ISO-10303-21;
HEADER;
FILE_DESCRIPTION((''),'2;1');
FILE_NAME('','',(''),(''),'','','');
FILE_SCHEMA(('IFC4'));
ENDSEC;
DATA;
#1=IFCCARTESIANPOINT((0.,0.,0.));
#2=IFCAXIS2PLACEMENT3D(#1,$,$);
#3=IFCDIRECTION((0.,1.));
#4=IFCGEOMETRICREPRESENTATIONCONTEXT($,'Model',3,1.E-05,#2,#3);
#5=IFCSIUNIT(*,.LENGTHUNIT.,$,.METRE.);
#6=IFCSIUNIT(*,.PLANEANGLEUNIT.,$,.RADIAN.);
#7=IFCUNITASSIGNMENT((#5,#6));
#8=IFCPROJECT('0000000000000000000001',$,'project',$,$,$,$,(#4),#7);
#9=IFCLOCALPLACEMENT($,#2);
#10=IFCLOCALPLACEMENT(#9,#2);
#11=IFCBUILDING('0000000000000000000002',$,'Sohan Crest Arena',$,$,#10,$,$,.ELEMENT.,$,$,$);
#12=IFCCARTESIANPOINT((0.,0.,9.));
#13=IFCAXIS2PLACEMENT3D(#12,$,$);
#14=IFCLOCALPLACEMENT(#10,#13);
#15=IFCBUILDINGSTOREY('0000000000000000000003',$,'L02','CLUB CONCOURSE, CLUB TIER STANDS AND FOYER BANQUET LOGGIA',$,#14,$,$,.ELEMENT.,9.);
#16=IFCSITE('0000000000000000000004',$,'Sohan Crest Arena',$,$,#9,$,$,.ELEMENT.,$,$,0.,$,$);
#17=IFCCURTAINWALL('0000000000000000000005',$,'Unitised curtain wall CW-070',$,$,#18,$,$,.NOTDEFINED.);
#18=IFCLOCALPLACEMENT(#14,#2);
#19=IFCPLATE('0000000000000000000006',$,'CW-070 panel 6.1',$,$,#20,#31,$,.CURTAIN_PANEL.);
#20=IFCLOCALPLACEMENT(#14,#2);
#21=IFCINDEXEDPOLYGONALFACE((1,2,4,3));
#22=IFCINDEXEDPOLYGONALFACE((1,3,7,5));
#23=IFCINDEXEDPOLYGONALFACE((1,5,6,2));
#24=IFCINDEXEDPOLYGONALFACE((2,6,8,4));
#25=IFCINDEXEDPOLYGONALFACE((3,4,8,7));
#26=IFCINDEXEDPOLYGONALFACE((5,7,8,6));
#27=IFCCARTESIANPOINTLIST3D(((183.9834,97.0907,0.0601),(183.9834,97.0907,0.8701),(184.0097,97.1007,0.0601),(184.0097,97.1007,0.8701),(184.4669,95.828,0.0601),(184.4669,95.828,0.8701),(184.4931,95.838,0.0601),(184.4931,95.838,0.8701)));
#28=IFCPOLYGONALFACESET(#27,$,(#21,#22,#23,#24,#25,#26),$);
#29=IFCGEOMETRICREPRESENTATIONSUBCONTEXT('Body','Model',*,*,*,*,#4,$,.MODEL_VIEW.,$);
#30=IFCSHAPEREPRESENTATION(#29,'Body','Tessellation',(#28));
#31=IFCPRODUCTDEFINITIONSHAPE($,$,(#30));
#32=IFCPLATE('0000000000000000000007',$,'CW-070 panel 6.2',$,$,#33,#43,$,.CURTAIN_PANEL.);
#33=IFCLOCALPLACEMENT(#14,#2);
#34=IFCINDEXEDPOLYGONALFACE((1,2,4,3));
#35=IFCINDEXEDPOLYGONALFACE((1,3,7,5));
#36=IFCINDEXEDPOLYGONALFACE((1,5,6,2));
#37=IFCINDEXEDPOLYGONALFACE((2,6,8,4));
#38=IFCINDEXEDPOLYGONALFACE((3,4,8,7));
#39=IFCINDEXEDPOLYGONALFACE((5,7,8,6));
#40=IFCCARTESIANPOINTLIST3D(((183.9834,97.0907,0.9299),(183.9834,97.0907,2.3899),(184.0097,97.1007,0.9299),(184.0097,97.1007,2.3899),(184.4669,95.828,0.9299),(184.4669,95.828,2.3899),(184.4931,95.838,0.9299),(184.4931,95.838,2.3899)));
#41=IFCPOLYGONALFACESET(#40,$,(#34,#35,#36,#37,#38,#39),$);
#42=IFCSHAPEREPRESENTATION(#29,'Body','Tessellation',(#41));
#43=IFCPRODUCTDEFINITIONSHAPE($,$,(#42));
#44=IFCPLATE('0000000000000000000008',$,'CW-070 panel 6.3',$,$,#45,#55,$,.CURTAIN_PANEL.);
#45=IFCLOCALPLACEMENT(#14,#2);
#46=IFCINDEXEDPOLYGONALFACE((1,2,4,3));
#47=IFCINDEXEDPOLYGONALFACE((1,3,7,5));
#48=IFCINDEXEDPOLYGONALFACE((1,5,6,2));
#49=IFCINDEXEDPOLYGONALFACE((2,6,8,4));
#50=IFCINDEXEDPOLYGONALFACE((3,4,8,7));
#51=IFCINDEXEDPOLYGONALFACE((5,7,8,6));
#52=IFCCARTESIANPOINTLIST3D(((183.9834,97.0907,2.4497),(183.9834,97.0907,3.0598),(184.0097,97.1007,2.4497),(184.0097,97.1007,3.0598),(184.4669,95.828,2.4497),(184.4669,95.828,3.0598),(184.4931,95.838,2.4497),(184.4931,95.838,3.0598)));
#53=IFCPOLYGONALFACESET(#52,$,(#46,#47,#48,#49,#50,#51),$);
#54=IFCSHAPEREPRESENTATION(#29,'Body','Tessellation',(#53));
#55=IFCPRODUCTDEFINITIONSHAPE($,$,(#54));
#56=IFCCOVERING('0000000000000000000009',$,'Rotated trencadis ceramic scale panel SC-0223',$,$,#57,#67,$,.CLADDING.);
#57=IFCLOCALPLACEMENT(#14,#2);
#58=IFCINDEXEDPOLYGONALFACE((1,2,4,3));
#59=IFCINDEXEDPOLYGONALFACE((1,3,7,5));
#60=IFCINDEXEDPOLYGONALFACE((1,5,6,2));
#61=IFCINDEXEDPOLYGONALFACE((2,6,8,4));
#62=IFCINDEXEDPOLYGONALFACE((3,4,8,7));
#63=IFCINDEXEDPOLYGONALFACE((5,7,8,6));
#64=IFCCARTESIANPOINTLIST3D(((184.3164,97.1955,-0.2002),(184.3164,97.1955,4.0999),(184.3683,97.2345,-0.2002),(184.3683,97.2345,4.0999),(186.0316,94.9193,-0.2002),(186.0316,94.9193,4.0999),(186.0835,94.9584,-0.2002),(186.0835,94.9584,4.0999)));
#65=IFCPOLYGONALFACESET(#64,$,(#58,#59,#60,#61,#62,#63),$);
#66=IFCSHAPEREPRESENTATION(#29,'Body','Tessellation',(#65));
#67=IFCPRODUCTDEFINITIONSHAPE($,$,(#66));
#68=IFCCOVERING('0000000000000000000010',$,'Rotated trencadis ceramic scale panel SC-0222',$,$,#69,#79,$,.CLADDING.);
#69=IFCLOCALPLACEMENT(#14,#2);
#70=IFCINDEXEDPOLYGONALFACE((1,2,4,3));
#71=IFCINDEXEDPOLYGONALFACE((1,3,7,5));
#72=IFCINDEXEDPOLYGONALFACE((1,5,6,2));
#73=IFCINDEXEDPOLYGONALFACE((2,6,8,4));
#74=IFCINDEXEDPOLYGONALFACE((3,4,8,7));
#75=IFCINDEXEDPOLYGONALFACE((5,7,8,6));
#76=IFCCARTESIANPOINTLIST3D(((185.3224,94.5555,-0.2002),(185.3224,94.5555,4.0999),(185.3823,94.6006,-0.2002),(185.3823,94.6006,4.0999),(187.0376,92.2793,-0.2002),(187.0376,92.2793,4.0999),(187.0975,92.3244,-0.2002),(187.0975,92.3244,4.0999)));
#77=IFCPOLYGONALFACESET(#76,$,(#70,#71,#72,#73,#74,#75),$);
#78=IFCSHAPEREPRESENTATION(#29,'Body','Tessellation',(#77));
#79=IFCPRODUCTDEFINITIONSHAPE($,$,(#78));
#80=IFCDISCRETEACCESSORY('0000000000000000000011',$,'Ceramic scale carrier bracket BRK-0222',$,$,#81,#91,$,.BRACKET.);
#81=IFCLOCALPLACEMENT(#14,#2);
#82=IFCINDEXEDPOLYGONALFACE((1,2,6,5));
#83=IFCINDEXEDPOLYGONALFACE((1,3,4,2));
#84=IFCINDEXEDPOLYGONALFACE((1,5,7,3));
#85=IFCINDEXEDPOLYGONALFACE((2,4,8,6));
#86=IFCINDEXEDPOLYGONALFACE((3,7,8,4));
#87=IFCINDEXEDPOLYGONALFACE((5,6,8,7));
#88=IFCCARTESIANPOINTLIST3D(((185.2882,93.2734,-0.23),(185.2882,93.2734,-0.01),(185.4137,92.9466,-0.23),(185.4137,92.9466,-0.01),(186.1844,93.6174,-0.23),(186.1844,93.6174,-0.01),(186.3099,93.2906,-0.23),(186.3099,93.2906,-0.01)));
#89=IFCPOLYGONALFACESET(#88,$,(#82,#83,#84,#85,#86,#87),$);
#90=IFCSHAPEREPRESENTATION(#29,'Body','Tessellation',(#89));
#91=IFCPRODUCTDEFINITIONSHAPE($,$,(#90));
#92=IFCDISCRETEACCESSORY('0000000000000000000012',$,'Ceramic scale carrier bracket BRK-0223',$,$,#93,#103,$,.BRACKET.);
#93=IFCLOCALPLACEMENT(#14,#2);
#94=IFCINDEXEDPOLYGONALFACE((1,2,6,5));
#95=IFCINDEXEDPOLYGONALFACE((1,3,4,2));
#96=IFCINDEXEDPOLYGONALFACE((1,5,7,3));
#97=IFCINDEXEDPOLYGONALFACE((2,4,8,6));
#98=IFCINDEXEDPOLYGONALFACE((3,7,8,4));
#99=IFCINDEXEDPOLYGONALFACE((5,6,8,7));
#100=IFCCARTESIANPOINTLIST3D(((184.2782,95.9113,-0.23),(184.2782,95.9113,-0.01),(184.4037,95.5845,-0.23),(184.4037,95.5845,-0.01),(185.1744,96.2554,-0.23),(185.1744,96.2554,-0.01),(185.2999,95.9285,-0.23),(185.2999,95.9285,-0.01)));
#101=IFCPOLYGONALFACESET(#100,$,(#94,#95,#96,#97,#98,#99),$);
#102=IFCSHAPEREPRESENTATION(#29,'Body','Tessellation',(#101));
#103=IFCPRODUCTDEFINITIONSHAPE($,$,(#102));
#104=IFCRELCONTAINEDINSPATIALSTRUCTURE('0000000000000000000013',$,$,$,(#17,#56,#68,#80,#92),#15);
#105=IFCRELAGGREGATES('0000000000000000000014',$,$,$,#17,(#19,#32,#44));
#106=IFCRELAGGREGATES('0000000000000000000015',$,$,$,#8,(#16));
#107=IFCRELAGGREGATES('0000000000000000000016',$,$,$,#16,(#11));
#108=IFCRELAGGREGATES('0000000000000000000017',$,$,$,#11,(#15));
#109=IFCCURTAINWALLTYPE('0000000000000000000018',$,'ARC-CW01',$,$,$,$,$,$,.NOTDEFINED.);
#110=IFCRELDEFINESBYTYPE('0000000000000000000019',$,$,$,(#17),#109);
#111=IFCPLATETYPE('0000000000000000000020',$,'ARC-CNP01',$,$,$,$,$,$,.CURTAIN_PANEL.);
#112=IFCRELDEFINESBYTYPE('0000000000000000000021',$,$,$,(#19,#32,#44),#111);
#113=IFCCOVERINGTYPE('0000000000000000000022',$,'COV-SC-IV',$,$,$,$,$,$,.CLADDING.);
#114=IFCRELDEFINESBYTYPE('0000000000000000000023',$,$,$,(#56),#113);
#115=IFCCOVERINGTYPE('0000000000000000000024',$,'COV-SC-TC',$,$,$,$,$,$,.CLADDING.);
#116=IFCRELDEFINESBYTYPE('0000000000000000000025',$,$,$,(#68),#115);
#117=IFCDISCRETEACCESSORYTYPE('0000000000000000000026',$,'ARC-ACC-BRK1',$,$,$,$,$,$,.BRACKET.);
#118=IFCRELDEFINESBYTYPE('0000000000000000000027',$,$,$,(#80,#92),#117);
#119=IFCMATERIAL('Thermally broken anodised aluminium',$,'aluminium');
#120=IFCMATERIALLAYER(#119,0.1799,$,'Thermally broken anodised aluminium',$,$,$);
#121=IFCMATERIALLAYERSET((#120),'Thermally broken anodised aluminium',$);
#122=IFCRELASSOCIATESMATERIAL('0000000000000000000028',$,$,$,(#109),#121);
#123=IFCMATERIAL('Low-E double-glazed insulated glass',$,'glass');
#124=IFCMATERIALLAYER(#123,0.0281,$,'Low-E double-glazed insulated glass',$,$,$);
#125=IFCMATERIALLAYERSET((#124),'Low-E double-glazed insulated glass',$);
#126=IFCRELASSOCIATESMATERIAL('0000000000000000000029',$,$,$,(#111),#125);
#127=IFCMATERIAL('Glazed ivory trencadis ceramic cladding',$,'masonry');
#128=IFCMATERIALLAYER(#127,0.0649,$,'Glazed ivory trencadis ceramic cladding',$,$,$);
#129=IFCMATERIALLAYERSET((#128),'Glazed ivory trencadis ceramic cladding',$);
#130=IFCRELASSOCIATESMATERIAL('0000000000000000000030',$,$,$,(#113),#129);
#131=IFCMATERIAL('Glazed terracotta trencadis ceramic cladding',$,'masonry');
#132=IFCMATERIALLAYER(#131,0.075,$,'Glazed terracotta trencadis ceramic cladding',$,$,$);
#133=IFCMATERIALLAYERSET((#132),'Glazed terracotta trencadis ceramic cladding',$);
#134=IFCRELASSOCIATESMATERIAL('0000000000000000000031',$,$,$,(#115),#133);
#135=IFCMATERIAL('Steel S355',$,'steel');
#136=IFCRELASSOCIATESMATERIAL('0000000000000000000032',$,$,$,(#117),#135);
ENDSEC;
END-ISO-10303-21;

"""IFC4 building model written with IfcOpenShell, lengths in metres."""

from ifc_helpers import new_model, si_unit, direction, frame, origin, origin_2d, place, context, subcontext, project, spatial, rectangle, extrude, material, layer, layer_set, type_object, element, aggregate, save


model = new_model("IFC4")

# Units and contexts
model_context = context("Model", 3, precision=1e-05, world=origin(), true_north=direction((0.0, 1.0)))
body_context = subcontext(model_context, "Body", "Model", "MODEL_VIEW")
ifc_project = project(units=[si_unit("LENGTHUNIT", "METRE"), si_unit("PLANEANGLEUNIT", "RADIAN")], contexts=[model_context])

# Site, building, storey
site_placement = place(None, origin())
site = spatial("IfcSite", under=ifc_project, at=site_placement, Name="Sohan Crest Arena", CompositionType="ELEMENT", RefElevation=0.0)
building_placement = place(site_placement, origin())
building = spatial("IfcBuilding", under=site, at=building_placement, Name="Sohan Crest Arena", CompositionType="ELEMENT")
storey_placement = place(building_placement, frame((0.0, 0.0, 9.0)))
storey = spatial("IfcBuildingStorey", under=building, at=storey_placement, Name="L02", Description="CLUB CONCOURSE, CLUB TIER STANDS AND FOYER BANQUET LOGGIA", CompositionType="ELEMENT", Elevation=9.0)

# Curtain wall
ifc_material_1 = material(Name="Thermally broken anodised aluminium", Category="aluminium")
ifc_layer_1 = layer(ifc_material_1, 0.1799, Name="Thermally broken anodised aluminium")
ifc_layer_set_1 = layer_set([ifc_layer_1], Name="Thermally broken anodised aluminium")
curtain_wall_type = type_object("IfcCurtainWallType", Name="ARC-CW01", PredefinedType="NOTDEFINED", material=ifc_layer_set_1)
curtain_wall_placement = place(storey_placement, origin())
curtain_wall = element("IfcCurtainWall", 1, at=curtain_wall_placement, inside=storey, type_object=curtain_wall_type, Name="Unitised curtain wall CW-070", PredefinedType="NOTDEFINED")

# Shared definitions
ifc_material_2 = material(Name="Steel S355", Category="steel")

# Plates
ifc_material_3 = material(Name="Low-E double-glazed insulated glass", Category="glass")
ifc_layer_2 = layer(ifc_material_3, 0.0281, Name="Low-E double-glazed insulated glass")
ifc_layer_set_2 = layer_set([ifc_layer_2], Name="Low-E double-glazed insulated glass")
plate_type = type_object("IfcPlateType", Name="ARC-CNP01", PredefinedType="CURTAIN_PANEL", material=ifc_layer_set_2)
plate_1_placement = place(storey_placement, frame((184.2383, 96.4644, 0.0601), z_axis=(0.0, 0.0, 1.0), x_axis=(-0.357567, 0.933888, 0.0)))
plate_1 = element("IfcPlate", 2, at=plate_1_placement, type_object=plate_type, Name="CW-070 panel 6.1", PredefinedType="CURTAIN_PANEL", context=body_context, shape_type="SweptSolid", body=[
    extrude(rectangle(XDim=1.3521, YDim=0.0281, at=origin_2d()), origin(), (0.0, 0.0, 1.0), 0.8101),
])
plate_2_placement = place(storey_placement, frame((184.2383, 96.4644, 0.9299), z_axis=(0.0, 0.0, 1.0), x_axis=(-0.357567, 0.933888, 0.0)))
plate_2 = element("IfcPlate", 3, at=plate_2_placement, type_object=plate_type, Name="CW-070 panel 6.2", PredefinedType="CURTAIN_PANEL", context=body_context, shape_type="SweptSolid", body=[
    extrude(rectangle(XDim=1.3521, YDim=0.0281, at=origin_2d()), origin(), (0.0, 0.0, 1.0), 1.46),
])
plate_3_placement = place(storey_placement, frame((184.2383, 96.4644, 2.4497), z_axis=(0.0, 0.0, 1.0), x_axis=(-0.357567, 0.933888, 0.0)))
plate_3 = element("IfcPlate", 4, at=plate_3_placement, type_object=plate_type, Name="CW-070 panel 6.3", PredefinedType="CURTAIN_PANEL", context=body_context, shape_type="SweptSolid", body=[
    extrude(rectangle(XDim=1.3521, YDim=0.0281, at=origin_2d()), origin(), (0.0, 0.0, 1.0), 0.6101),
])
aggregate(curtain_wall, [plate_1, plate_2, plate_3])

# Coverings
ifc_material_4 = material(Name="Glazed ivory trencadis ceramic cladding", Category="masonry")
ifc_layer_3 = layer(ifc_material_4, 0.0649, Name="Glazed ivory trencadis ceramic cladding")
ifc_layer_set_3 = layer_set([ifc_layer_3], Name="Glazed ivory trencadis ceramic cladding")
covering_type_1 = type_object("IfcCoveringType", Name="COV-SC-IV", PredefinedType="CLADDING", material=ifc_layer_set_3)
covering_1_placement = place(storey_placement, frame((185.2, 96.0769, -0.2002), z_axis=(0.0, 0.0, 1.0), x_axis=(-0.601815, 0.798636, 0.0)))
element("IfcCovering", 5, at=covering_1_placement, inside=storey, type_object=covering_type_1, Name="Rotated trencadis ceramic scale panel SC-0223", PredefinedType="CLADDING", context=body_context, shape_type="SweptSolid", body=[
    extrude(rectangle(XDim=2.8501, YDim=0.0649, at=origin_2d()), origin(), (0.0, 0.0, 1.0), 4.3),
])
ifc_material_5 = material(Name="Glazed terracotta trencadis ceramic cladding", Category="masonry")
ifc_layer_4 = layer(ifc_material_5, 0.075, Name="Glazed terracotta trencadis ceramic cladding")
ifc_layer_set_4 = layer_set([ifc_layer_4], Name="Glazed terracotta trencadis ceramic cladding")
covering_type_2 = type_object("IfcCoveringType", Name="COV-SC-TC", PredefinedType="CLADDING", material=ifc_layer_set_4)
covering_2_placement = place(storey_placement, frame((186.21, 93.4399, -0.2002), z_axis=(0.0, 0.0, 1.0), x_axis=(-0.601815, 0.798636, 0.0)))
element("IfcCovering", 6, at=covering_2_placement, inside=storey, type_object=covering_type_2, Name="Rotated trencadis ceramic scale panel SC-0222", PredefinedType="CLADDING", context=body_context, shape_type="SweptSolid", body=[
    extrude(rectangle(XDim=2.8501, YDim=0.075, at=origin_2d()), origin(), (0.0, 0.0, 1.0), 4.3),
])

# Discrete accessories
discrete_accessory_type = type_object("IfcDiscreteAccessoryType", Name="ARC-ACC-BRK1", PredefinedType="BRACKET", material=ifc_material_2)
for number, where, z_axis, x_axis, name in (
    (7, (185.7991, 93.282, -0.23), (0.0, 0.0, 1.0), (-0.358368, 0.93358, 0.0), "Ceramic scale carrier bracket BRK-0222"),
    (8, (184.7891, 95.9199, -0.23), (0.0, 0.0, 1.0), (-0.358368, 0.93358, 0.0), "Ceramic scale carrier bracket BRK-0223"),
):
    element("IfcDiscreteAccessory", number, at=place(storey_placement, frame(where, z_axis=z_axis, x_axis=x_axis)), inside=storey, type_object=discrete_accessory_type, Name=name, PredefinedType="BRACKET", context=body_context, shape_type="SweptSolid", body=[
        extrude(rectangle(XDim=0.3501, YDim=0.96, at=origin_2d()), origin(), (0.0, 0.0, 1.0), 0.22),
    ])

save(model, "model.ifc")
